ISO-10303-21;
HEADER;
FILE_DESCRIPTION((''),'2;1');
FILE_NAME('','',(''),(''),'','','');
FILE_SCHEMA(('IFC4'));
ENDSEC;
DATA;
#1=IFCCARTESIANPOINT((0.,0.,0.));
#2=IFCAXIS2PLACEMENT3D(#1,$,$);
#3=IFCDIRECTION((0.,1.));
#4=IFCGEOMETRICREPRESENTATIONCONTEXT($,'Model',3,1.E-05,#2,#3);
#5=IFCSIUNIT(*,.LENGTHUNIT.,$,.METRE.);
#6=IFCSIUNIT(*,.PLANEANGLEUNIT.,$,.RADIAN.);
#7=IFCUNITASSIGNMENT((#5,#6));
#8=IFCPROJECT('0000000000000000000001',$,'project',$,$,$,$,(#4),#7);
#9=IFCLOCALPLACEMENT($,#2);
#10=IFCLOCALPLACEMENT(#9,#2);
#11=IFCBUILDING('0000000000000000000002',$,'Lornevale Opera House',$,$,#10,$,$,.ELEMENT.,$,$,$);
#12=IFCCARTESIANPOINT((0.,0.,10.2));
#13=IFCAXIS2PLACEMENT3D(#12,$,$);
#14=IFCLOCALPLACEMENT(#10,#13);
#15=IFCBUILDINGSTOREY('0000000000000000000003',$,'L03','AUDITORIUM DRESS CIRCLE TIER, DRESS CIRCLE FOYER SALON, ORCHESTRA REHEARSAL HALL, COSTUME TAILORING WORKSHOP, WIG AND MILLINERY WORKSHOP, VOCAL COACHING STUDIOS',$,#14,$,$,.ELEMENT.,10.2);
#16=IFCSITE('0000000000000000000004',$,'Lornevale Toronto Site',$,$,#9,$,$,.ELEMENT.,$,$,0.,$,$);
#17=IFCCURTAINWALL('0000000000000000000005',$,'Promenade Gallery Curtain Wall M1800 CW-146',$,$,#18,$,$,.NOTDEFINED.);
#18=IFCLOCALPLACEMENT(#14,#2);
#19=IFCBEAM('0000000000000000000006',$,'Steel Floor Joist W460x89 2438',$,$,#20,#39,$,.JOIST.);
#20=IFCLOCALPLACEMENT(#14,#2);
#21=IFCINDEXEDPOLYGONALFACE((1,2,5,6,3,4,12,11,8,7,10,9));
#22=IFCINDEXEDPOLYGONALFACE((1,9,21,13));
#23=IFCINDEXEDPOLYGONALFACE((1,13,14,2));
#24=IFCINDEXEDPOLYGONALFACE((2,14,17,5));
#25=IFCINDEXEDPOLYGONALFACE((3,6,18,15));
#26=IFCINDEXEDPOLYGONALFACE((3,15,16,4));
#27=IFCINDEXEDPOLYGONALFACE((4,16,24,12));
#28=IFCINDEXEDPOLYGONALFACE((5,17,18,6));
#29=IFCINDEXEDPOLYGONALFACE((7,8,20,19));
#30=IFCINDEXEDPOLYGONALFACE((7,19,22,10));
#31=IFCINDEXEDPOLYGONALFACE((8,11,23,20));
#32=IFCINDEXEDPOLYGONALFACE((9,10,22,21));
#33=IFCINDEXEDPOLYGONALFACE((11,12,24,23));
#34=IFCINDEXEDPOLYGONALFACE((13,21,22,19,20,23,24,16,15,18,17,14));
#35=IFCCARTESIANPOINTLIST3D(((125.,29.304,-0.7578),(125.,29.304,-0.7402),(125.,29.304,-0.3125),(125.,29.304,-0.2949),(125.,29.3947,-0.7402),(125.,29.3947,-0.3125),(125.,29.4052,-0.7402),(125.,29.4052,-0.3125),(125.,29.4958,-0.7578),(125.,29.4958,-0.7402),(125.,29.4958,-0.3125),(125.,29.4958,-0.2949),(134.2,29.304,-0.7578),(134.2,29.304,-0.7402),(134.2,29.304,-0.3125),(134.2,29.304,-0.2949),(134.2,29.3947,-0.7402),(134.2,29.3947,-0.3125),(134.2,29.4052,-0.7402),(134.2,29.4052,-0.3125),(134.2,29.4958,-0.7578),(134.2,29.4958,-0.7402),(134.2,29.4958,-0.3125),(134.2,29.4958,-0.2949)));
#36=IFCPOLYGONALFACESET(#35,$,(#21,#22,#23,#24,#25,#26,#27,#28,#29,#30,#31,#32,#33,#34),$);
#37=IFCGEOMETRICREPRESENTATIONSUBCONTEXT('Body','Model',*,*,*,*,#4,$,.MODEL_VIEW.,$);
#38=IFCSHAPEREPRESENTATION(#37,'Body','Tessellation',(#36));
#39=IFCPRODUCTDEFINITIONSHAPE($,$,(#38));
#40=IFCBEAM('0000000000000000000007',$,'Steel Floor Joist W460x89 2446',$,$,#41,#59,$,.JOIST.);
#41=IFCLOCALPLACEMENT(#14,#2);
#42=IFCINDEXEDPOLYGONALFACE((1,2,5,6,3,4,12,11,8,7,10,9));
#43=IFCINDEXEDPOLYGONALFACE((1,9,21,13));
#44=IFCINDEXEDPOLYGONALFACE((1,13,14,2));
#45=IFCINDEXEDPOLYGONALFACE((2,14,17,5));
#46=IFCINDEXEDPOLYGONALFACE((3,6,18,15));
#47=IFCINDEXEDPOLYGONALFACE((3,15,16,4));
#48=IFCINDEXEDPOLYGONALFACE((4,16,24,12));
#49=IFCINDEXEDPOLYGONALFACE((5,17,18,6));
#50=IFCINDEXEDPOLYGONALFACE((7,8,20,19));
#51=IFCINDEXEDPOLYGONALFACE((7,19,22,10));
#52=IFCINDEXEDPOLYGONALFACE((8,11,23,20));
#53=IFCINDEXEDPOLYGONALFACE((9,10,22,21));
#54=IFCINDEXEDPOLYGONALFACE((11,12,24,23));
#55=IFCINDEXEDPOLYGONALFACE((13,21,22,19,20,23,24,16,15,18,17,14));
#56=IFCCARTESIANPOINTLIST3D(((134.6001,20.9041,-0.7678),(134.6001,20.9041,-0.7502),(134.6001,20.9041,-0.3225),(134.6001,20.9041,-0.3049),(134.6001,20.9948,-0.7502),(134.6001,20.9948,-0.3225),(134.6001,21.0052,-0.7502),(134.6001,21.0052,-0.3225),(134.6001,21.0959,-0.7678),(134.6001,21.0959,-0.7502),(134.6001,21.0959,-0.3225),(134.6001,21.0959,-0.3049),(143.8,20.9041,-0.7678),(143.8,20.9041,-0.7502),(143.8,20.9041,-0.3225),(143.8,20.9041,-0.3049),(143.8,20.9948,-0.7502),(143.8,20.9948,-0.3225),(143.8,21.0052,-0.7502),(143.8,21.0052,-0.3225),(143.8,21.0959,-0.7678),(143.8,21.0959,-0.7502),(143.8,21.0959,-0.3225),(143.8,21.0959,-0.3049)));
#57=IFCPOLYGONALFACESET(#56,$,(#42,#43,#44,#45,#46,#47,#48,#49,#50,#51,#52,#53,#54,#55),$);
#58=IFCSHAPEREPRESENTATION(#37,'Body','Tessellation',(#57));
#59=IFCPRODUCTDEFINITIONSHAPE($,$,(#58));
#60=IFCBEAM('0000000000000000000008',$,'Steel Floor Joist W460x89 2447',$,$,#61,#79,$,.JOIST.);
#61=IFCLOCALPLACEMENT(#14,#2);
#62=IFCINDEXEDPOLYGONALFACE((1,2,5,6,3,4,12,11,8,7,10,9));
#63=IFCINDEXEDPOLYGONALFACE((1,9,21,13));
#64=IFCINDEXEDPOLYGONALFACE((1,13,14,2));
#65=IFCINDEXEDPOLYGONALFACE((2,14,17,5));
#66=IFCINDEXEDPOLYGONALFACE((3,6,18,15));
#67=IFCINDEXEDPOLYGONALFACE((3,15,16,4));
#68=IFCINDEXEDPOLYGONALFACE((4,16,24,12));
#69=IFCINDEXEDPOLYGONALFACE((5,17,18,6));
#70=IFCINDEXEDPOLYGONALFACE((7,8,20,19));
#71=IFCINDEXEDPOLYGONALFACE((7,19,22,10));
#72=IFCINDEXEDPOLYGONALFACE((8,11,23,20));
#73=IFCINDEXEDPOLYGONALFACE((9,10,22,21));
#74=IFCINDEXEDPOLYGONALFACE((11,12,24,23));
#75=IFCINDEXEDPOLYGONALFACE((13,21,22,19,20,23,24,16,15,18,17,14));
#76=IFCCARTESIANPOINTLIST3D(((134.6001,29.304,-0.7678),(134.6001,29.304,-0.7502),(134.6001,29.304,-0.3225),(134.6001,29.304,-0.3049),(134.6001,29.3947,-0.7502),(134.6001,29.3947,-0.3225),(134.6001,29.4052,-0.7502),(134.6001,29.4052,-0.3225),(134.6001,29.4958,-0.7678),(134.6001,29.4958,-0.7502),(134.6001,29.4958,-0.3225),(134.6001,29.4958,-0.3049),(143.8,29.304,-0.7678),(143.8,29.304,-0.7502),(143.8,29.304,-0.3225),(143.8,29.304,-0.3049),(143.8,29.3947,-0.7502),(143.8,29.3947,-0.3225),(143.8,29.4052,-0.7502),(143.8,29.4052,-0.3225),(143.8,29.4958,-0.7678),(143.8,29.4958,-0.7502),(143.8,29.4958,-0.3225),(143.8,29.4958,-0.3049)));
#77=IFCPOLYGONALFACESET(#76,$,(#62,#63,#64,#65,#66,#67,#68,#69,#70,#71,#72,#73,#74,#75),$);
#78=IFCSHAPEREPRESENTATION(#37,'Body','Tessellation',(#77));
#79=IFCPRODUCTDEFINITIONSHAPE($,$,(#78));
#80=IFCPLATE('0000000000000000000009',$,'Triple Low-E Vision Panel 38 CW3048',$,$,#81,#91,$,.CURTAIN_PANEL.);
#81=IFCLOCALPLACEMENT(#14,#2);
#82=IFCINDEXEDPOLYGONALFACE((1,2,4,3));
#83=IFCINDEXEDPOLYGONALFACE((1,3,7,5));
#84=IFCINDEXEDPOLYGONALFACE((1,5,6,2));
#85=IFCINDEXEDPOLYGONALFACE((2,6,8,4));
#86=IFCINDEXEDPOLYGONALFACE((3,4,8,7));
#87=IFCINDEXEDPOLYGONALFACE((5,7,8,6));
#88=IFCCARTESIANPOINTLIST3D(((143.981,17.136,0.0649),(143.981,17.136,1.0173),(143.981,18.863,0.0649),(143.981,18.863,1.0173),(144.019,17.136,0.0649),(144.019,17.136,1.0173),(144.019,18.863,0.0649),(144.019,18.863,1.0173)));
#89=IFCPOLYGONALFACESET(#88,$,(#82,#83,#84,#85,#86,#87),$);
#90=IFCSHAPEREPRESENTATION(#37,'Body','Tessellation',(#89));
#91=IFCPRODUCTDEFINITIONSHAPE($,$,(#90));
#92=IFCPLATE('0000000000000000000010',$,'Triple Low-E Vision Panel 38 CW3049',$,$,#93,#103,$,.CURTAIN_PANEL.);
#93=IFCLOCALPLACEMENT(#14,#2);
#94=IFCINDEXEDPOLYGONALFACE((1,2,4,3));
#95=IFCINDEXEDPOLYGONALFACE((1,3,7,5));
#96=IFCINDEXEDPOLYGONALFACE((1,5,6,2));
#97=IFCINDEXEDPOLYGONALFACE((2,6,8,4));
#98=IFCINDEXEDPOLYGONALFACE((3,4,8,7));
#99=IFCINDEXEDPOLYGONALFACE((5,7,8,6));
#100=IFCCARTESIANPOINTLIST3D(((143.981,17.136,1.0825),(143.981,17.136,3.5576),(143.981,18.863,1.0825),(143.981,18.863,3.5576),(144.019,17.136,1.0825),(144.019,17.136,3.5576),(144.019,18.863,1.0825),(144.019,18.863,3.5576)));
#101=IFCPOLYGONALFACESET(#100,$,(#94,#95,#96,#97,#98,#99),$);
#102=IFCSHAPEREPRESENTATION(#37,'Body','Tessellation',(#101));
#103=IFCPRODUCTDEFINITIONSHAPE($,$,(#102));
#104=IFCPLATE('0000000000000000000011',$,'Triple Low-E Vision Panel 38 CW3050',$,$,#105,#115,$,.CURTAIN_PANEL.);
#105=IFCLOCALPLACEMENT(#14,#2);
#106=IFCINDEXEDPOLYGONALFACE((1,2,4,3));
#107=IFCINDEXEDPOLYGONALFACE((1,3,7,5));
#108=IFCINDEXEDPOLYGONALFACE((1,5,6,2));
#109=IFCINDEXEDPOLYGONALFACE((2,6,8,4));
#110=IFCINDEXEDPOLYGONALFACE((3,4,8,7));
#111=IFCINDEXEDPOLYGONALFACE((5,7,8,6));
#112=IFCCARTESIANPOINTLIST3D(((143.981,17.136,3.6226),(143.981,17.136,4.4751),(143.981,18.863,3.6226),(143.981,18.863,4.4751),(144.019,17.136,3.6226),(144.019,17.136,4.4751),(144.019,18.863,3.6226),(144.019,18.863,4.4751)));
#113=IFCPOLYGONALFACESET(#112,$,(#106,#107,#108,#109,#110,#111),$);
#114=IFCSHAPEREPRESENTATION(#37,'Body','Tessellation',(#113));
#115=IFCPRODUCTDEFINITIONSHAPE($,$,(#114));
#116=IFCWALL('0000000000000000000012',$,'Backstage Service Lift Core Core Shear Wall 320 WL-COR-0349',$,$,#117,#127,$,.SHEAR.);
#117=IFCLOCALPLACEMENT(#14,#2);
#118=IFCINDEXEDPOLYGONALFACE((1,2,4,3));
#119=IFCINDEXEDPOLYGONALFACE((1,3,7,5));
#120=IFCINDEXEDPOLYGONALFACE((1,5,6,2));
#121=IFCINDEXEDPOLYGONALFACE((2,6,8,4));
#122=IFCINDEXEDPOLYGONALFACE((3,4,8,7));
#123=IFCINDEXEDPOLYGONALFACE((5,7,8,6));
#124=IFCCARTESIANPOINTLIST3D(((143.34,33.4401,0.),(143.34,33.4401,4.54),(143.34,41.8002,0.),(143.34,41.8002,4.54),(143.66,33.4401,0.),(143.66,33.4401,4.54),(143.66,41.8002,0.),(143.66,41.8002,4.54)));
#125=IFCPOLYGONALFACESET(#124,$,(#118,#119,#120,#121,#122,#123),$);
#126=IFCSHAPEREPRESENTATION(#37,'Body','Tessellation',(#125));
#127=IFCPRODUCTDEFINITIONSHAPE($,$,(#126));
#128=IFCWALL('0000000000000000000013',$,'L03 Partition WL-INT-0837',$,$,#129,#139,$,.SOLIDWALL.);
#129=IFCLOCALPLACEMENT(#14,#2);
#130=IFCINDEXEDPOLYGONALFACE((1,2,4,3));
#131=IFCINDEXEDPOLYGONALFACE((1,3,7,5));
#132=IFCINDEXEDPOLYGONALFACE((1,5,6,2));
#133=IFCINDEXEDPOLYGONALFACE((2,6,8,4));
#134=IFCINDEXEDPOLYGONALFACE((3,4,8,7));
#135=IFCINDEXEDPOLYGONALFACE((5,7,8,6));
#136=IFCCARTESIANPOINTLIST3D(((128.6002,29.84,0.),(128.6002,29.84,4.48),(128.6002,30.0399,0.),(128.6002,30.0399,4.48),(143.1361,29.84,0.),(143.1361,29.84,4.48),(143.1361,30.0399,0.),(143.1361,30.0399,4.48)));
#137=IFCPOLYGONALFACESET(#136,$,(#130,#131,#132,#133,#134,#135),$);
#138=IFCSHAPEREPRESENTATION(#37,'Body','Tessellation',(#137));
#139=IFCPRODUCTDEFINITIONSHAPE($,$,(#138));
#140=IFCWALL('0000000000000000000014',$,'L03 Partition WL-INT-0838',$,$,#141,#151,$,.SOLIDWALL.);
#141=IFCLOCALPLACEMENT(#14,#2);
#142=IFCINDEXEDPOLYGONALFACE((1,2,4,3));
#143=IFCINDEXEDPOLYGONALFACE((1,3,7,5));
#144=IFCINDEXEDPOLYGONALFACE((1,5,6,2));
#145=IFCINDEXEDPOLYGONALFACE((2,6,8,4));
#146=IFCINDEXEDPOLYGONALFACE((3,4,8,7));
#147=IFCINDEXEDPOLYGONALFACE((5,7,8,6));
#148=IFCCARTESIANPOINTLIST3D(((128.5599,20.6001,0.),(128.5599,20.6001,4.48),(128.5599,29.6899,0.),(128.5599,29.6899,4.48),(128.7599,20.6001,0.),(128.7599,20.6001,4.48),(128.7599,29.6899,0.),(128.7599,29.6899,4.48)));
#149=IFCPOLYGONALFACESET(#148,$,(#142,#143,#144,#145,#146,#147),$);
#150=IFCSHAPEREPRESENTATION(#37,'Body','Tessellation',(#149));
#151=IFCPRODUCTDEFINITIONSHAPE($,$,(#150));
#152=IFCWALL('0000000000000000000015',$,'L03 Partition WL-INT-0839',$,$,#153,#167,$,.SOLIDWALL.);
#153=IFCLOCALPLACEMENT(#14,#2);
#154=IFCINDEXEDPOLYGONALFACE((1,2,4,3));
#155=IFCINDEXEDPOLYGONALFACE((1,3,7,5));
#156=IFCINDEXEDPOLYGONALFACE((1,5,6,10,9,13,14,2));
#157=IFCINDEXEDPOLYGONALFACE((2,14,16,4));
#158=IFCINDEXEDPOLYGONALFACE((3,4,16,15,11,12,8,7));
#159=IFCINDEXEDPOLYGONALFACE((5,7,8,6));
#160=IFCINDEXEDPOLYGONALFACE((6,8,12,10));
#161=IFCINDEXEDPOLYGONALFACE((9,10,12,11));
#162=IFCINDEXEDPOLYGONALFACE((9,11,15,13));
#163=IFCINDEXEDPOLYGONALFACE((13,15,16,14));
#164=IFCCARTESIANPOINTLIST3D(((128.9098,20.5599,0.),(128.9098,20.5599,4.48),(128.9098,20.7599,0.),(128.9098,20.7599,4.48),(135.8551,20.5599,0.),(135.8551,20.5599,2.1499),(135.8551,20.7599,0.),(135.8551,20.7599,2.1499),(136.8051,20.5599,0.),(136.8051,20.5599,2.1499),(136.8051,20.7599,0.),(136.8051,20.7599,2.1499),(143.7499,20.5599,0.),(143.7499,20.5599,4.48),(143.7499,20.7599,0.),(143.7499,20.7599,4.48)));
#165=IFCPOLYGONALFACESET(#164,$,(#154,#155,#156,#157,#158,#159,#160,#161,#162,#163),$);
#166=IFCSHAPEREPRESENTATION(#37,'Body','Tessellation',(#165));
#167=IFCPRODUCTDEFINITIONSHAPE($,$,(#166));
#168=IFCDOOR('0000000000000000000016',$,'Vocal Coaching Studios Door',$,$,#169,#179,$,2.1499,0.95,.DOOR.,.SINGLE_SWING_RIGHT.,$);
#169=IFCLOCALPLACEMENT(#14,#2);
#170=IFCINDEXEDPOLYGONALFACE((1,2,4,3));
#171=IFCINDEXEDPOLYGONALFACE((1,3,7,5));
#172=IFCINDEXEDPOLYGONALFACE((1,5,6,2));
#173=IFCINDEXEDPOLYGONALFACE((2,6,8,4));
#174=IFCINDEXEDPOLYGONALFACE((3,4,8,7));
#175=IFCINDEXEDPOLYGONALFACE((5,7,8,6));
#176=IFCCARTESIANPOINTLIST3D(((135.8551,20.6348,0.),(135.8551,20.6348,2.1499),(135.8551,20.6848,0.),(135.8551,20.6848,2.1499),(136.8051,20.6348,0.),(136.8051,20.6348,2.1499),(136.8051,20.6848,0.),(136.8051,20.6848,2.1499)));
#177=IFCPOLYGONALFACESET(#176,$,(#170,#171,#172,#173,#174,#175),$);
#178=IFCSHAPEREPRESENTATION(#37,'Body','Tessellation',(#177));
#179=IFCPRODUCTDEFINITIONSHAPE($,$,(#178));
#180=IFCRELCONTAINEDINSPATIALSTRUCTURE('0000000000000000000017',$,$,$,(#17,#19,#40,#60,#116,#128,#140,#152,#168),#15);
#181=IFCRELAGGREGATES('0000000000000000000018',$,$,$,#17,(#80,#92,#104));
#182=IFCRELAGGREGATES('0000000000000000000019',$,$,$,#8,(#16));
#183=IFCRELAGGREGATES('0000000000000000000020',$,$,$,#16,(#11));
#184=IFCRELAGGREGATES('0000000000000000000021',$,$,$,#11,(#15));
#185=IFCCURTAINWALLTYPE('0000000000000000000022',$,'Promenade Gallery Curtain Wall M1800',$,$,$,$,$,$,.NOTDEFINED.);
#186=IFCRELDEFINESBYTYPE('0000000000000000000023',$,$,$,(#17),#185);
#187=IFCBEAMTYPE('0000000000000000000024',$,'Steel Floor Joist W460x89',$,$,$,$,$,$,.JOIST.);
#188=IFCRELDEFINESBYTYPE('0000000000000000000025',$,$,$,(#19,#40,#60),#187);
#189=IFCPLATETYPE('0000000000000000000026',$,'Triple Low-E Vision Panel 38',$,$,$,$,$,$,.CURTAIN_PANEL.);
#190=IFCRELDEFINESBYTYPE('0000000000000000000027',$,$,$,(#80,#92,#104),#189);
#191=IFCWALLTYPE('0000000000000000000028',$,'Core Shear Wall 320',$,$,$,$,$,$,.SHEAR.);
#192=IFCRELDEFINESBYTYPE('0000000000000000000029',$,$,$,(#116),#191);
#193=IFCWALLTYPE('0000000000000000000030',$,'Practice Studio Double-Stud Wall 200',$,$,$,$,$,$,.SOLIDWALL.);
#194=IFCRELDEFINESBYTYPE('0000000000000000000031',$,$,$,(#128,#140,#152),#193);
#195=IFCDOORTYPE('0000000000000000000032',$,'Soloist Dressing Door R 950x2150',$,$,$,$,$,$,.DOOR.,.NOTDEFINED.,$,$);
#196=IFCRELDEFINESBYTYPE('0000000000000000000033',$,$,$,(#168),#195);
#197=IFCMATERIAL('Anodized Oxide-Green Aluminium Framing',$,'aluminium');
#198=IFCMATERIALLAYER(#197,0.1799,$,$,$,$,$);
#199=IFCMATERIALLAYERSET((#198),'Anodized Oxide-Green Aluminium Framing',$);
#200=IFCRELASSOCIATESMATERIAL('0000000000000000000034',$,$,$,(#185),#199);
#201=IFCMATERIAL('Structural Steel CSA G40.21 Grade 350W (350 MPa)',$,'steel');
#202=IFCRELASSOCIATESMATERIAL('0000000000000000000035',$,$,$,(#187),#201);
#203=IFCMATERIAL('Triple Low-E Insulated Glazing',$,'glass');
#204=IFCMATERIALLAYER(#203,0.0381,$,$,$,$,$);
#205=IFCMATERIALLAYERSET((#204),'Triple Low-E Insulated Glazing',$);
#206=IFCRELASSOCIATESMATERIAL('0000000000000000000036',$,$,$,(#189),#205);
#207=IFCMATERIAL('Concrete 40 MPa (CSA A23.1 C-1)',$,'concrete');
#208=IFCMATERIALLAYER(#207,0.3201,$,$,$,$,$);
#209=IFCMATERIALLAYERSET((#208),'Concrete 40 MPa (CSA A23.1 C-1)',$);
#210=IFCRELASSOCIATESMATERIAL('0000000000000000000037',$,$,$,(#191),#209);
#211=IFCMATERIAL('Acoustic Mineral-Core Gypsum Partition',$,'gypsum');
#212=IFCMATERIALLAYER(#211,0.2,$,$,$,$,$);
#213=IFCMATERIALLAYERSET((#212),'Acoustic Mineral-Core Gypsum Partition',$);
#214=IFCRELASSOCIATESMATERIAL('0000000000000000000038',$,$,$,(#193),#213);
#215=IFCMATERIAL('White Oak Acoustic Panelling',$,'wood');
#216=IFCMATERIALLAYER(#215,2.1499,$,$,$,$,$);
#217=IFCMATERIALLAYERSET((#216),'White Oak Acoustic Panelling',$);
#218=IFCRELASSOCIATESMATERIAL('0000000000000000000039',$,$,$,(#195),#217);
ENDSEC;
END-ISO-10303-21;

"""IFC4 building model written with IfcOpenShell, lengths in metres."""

from ifc_helpers import new_model, si_unit, direction, frame, frame_2d, origin, origin_2d, place, context, subcontext, project, spatial, rectangle, i_section, extrude, material, layer, layer_set, material_profile, profile_set, type_object, element, fill, aggregate, save


model = new_model("IFC4")

# Units and contexts
model_context = context("Model", 3, precision=1e-05, world=origin(), true_north=direction((0.0, 1.0)))
body_context = subcontext(model_context, "Body", "Model", "MODEL_VIEW")
ifc_project = project(units=[si_unit("LENGTHUNIT", "METRE"), si_unit("PLANEANGLEUNIT", "RADIAN")], contexts=[model_context])

# Site, building, storey
site_placement = place(None, origin())
site = spatial("IfcSite", under=ifc_project, at=site_placement, Name="Lornevale Toronto Site", CompositionType="ELEMENT", RefElevation=0.0)
building_placement = place(site_placement, origin())
building = spatial("IfcBuilding", under=site, at=building_placement, Name="Lornevale Opera House", CompositionType="ELEMENT")
storey_placement = place(building_placement, frame((0.0, 0.0, 10.2)))
storey = spatial("IfcBuildingStorey", under=building, at=storey_placement, Name="L03", Description="AUDITORIUM DRESS CIRCLE TIER, DRESS CIRCLE FOYER SALON, ORCHESTRA REHEARSAL HALL, COSTUME TAILORING WORKSHOP, WIG AND MILLINERY WORKSHOP, VOCAL COACHING STUDIOS", CompositionType="ELEMENT", Elevation=10.2)

# Shared definitions
ifc_material_1 = material(Name="Concrete 40 MPa (CSA A23.1 C-1)", Category="concrete")

# Curtain wall
ifc_material_2 = material(Name="Anodized Oxide-Green Aluminium Framing", Category="aluminium")
ifc_layer_1 = layer(ifc_material_2, 0.1799)
ifc_layer_set_1 = layer_set([ifc_layer_1], Name="Anodized Oxide-Green Aluminium Framing")
curtain_wall_type = type_object("IfcCurtainWallType", Name="Promenade Gallery Curtain Wall M1800", PredefinedType="NOTDEFINED", material=ifc_layer_set_1)
curtain_wall_placement = place(storey_placement, origin())
curtain_wall = element("IfcCurtainWall", 1, at=curtain_wall_placement, inside=storey, type_object=curtain_wall_type, Name="Promenade Gallery Curtain Wall M1800 CW-146", PredefinedType="NOTDEFINED")

# Beams
ifc_material_3 = material(Name="Structural Steel CSA G40.21 Grade 350W (350 MPa)", Category="steel")
ifc_material_profile_1 = material_profile(ifc_material_3, i_section(OverallWidth=0.1919, OverallDepth=0.4629, WebThickness=0.0105, FlangeThickness=0.0176, at=origin_2d()), Name="W460x89")
ifc_profile_set_1 = profile_set([ifc_material_profile_1], Name="Structural Steel CSA G40.21 Grade 350W (350 MPa)")
beam_type_1 = type_object("IfcBeamType", Name="Steel Floor Joist W460x89", PredefinedType="JOIST", material=ifc_profile_set_1)
for number, where, z_axis, x_axis, name in (
    (2, (125.0, 29.3999, -0.5264), (1.0, 0.0, 0.0), (0.0, 1.0, 0.0), "Steel Floor Joist W460x89 2438"),
    (3, (134.6001, 21.0, -0.5364), (1.0, 0.0, 0.0), (0.0, 1.0, 0.0), "Steel Floor Joist W460x89 2446"),
    (4, (134.6001, 29.3999, -0.5364), (1.0, 0.0, 0.0), (0.0, 1.0, 0.0), "Steel Floor Joist W460x89 2447"),
):
    element("IfcBeam", number, at=place(storey_placement, frame(where, z_axis=z_axis, x_axis=x_axis)), inside=storey, type_object=beam_type_1, Name=name, PredefinedType="JOIST", context=body_context, shape_type="SweptSolid", body=[
        extrude(i_section(OverallWidth=0.1919, OverallDepth=0.4629, WebThickness=0.0105, FlangeThickness=0.0176, at=origin_2d()), origin(), (0.0, 0.0, 1.0), 9.2),
    ])

# Plates
ifc_material_4 = material(Name="Triple Low-E Insulated Glazing", Category="glass")
ifc_layer_2 = layer(ifc_material_4, 0.0381)
ifc_layer_set_2 = layer_set([ifc_layer_2], Name="Triple Low-E Insulated Glazing")
plate_type = type_object("IfcPlateType", Name="Triple Low-E Vision Panel 38", PredefinedType="CURTAIN_PANEL", material=ifc_layer_set_2)
plate_1_placement = place(storey_placement, frame((144.0, 17.9995, 0.0649), z_axis=(0.0, 0.0, 1.0), x_axis=(0.0, -1.0, 0.0)))
plate_1 = element("IfcPlate", 5, at=plate_1_placement, type_object=plate_type, Name="Triple Low-E Vision Panel 38 CW3048", PredefinedType="CURTAIN_PANEL", context=body_context, shape_type="SweptSolid", body=[
    extrude(rectangle(XDim=1.7271, YDim=0.0381, at=origin_2d()), origin(), (0.0, 0.0, 1.0), 0.9524),
])
plate_2_placement = place(storey_placement, frame((144.0, 17.9995, 1.0825), z_axis=(0.0, 0.0, 1.0), x_axis=(0.0, -1.0, 0.0)))
plate_2 = element("IfcPlate", 6, at=plate_2_placement, type_object=plate_type, Name="Triple Low-E Vision Panel 38 CW3049", PredefinedType="CURTAIN_PANEL", context=body_context, shape_type="SweptSolid", body=[
    extrude(rectangle(XDim=1.7271, YDim=0.0381, at=origin_2d()), origin(), (0.0, 0.0, 1.0), 2.4751),
])
plate_3_placement = place(storey_placement, frame((144.0, 17.9995, 3.6226), z_axis=(0.0, 0.0, 1.0), x_axis=(0.0, -1.0, 0.0)))
plate_3 = element("IfcPlate", 7, at=plate_3_placement, type_object=plate_type, Name="Triple Low-E Vision Panel 38 CW3050", PredefinedType="CURTAIN_PANEL", context=body_context, shape_type="SweptSolid", body=[
    extrude(rectangle(XDim=1.7271, YDim=0.0381, at=origin_2d()), origin(), (0.0, 0.0, 1.0), 0.8525),
])
aggregate(curtain_wall, [plate_1, plate_2, plate_3])

# Walls
ifc_layer_3 = layer(ifc_material_1, 0.3201)
ifc_layer_set_3 = layer_set([ifc_layer_3], Name="Concrete 40 MPa (CSA A23.1 C-1)")
wall_type_1 = type_object("IfcWallType", Name="Core Shear Wall 320", PredefinedType="SHEAR", material=ifc_layer_set_3)
wall_1_placement = place(storey_placement, frame((143.5, 33.4399, 0.0), z_axis=(0.0, 0.0, 1.0), x_axis=(0.0, 1.0, 0.0)))
element("IfcWall", 8, at=wall_1_placement, inside=storey, type_object=wall_type_1, Name="Backstage Service Lift Core Core Shear Wall 320 WL-COR-0349", PredefinedType="SHEAR", context=body_context, shape_type="SweptSolid", body=[
    extrude(rectangle(XDim=8.3601, YDim=0.3201, at=frame_2d((4.1802, 0.0))), origin(), (0.0, 0.0, 1.0), 4.54),
])
ifc_material_5 = material(Name="Acoustic Mineral-Core Gypsum Partition", Category="gypsum")
ifc_layer_4 = layer(ifc_material_5, 0.2)
ifc_layer_set_4 = layer_set([ifc_layer_4], Name="Acoustic Mineral-Core Gypsum Partition")
wall_type_2 = type_object("IfcWallType", Name="Practice Studio Double-Stud Wall 200", PredefinedType="SOLIDWALL", material=ifc_layer_set_4)
wall_2_placement = place(storey_placement, frame((128.6001, 29.9399, 0.0), z_axis=(0.0, 0.0, 1.0), x_axis=(1.0, 0.0, 0.0)))
element("IfcWall", 9, at=wall_2_placement, inside=storey, type_object=wall_type_2, Name="L03 Partition WL-INT-0837", PredefinedType="SOLIDWALL", context=body_context, shape_type="SweptSolid", body=[
    extrude(rectangle(XDim=14.5359, YDim=0.2, at=frame_2d((7.2681, 0.0))), origin(), (0.0, 0.0, 1.0), 4.48),
])
wall_3_placement = place(storey_placement, frame((128.6599, 20.6001, 0.0), z_axis=(0.0, 0.0, 1.0), x_axis=(0.0, 1.0, 0.0)))
element("IfcWall", 10, at=wall_3_placement, inside=storey, type_object=wall_type_2, Name="L03 Partition WL-INT-0838", PredefinedType="SOLIDWALL", context=body_context, shape_type="SweptSolid", body=[
    extrude(rectangle(XDim=9.0898, YDim=0.2, at=frame_2d((4.5449, 0.0))), origin(), (0.0, 0.0, 1.0), 4.48),
])

# Wall, opening, door
wall_4_placement = place(storey_placement, frame((128.9099, 20.6599, 0.0), z_axis=(0.0, 0.0, 1.0), x_axis=(1.0, 0.0, 0.0)))
wall_4 = element("IfcWall", 11, at=wall_4_placement, inside=storey, type_object=wall_type_2, Name="L03 Partition WL-INT-0839", PredefinedType="SOLIDWALL", context=body_context, shape_type="SweptSolid", body=[
    extrude(rectangle(XDim=14.8401, YDim=0.2, at=frame_2d((7.4199, 0.0))), origin(), (0.0, 0.0, 1.0), 4.48),
])
opening_placement = place(wall_4_placement, frame((6.9451, 0.0, 0.0)))
opening = element("IfcOpeningElement", 12, at=opening_placement, cuts=wall_4, PredefinedType="OPENING", context=body_context, shape_type="SweptSolid", body=[
    extrude(rectangle(XDim=0.95, YDim=2.1499, at=frame_2d((0.4751, 1.075))), frame((0.0, 0.1099, 0.0), z_axis=(0.0, -1.0, 0.0), x_axis=(1.0, 0.0, 0.0)), (0.0, 0.0, 1.0), 0.22),
])
ifc_material_6 = material(Name="White Oak Acoustic Panelling", Category="wood")
ifc_layer_5 = layer(ifc_material_6, 2.1499)
ifc_layer_set_5 = layer_set([ifc_layer_5], Name="White Oak Acoustic Panelling")
door_type = type_object("IfcDoorType", Name="Soloist Dressing Door R 950x2150", OperationType="NOTDEFINED", PredefinedType="DOOR", material=ifc_layer_set_5)
door_placement = place(opening_placement, origin())
door = element("IfcDoor", 13, at=door_placement, inside=storey, type_object=door_type, Name="Vocal Coaching Studios Door", OperationType="SINGLE_SWING_RIGHT", OverallHeight=2.1499, OverallWidth=0.95, PredefinedType="DOOR", context=body_context, shape_type="SweptSolid", body=[
    extrude(rectangle(XDim=0.95, YDim=2.1499, at=frame_2d((0.4751, 1.075))), frame((0.0, 0.0249, 0.0), z_axis=(0.0, -1.0, 0.0), x_axis=(1.0, 0.0, 0.0)), (0.0, 0.0, 1.0), 0.05),
])
fill(opening, door)

save(model, "model.ifc")
